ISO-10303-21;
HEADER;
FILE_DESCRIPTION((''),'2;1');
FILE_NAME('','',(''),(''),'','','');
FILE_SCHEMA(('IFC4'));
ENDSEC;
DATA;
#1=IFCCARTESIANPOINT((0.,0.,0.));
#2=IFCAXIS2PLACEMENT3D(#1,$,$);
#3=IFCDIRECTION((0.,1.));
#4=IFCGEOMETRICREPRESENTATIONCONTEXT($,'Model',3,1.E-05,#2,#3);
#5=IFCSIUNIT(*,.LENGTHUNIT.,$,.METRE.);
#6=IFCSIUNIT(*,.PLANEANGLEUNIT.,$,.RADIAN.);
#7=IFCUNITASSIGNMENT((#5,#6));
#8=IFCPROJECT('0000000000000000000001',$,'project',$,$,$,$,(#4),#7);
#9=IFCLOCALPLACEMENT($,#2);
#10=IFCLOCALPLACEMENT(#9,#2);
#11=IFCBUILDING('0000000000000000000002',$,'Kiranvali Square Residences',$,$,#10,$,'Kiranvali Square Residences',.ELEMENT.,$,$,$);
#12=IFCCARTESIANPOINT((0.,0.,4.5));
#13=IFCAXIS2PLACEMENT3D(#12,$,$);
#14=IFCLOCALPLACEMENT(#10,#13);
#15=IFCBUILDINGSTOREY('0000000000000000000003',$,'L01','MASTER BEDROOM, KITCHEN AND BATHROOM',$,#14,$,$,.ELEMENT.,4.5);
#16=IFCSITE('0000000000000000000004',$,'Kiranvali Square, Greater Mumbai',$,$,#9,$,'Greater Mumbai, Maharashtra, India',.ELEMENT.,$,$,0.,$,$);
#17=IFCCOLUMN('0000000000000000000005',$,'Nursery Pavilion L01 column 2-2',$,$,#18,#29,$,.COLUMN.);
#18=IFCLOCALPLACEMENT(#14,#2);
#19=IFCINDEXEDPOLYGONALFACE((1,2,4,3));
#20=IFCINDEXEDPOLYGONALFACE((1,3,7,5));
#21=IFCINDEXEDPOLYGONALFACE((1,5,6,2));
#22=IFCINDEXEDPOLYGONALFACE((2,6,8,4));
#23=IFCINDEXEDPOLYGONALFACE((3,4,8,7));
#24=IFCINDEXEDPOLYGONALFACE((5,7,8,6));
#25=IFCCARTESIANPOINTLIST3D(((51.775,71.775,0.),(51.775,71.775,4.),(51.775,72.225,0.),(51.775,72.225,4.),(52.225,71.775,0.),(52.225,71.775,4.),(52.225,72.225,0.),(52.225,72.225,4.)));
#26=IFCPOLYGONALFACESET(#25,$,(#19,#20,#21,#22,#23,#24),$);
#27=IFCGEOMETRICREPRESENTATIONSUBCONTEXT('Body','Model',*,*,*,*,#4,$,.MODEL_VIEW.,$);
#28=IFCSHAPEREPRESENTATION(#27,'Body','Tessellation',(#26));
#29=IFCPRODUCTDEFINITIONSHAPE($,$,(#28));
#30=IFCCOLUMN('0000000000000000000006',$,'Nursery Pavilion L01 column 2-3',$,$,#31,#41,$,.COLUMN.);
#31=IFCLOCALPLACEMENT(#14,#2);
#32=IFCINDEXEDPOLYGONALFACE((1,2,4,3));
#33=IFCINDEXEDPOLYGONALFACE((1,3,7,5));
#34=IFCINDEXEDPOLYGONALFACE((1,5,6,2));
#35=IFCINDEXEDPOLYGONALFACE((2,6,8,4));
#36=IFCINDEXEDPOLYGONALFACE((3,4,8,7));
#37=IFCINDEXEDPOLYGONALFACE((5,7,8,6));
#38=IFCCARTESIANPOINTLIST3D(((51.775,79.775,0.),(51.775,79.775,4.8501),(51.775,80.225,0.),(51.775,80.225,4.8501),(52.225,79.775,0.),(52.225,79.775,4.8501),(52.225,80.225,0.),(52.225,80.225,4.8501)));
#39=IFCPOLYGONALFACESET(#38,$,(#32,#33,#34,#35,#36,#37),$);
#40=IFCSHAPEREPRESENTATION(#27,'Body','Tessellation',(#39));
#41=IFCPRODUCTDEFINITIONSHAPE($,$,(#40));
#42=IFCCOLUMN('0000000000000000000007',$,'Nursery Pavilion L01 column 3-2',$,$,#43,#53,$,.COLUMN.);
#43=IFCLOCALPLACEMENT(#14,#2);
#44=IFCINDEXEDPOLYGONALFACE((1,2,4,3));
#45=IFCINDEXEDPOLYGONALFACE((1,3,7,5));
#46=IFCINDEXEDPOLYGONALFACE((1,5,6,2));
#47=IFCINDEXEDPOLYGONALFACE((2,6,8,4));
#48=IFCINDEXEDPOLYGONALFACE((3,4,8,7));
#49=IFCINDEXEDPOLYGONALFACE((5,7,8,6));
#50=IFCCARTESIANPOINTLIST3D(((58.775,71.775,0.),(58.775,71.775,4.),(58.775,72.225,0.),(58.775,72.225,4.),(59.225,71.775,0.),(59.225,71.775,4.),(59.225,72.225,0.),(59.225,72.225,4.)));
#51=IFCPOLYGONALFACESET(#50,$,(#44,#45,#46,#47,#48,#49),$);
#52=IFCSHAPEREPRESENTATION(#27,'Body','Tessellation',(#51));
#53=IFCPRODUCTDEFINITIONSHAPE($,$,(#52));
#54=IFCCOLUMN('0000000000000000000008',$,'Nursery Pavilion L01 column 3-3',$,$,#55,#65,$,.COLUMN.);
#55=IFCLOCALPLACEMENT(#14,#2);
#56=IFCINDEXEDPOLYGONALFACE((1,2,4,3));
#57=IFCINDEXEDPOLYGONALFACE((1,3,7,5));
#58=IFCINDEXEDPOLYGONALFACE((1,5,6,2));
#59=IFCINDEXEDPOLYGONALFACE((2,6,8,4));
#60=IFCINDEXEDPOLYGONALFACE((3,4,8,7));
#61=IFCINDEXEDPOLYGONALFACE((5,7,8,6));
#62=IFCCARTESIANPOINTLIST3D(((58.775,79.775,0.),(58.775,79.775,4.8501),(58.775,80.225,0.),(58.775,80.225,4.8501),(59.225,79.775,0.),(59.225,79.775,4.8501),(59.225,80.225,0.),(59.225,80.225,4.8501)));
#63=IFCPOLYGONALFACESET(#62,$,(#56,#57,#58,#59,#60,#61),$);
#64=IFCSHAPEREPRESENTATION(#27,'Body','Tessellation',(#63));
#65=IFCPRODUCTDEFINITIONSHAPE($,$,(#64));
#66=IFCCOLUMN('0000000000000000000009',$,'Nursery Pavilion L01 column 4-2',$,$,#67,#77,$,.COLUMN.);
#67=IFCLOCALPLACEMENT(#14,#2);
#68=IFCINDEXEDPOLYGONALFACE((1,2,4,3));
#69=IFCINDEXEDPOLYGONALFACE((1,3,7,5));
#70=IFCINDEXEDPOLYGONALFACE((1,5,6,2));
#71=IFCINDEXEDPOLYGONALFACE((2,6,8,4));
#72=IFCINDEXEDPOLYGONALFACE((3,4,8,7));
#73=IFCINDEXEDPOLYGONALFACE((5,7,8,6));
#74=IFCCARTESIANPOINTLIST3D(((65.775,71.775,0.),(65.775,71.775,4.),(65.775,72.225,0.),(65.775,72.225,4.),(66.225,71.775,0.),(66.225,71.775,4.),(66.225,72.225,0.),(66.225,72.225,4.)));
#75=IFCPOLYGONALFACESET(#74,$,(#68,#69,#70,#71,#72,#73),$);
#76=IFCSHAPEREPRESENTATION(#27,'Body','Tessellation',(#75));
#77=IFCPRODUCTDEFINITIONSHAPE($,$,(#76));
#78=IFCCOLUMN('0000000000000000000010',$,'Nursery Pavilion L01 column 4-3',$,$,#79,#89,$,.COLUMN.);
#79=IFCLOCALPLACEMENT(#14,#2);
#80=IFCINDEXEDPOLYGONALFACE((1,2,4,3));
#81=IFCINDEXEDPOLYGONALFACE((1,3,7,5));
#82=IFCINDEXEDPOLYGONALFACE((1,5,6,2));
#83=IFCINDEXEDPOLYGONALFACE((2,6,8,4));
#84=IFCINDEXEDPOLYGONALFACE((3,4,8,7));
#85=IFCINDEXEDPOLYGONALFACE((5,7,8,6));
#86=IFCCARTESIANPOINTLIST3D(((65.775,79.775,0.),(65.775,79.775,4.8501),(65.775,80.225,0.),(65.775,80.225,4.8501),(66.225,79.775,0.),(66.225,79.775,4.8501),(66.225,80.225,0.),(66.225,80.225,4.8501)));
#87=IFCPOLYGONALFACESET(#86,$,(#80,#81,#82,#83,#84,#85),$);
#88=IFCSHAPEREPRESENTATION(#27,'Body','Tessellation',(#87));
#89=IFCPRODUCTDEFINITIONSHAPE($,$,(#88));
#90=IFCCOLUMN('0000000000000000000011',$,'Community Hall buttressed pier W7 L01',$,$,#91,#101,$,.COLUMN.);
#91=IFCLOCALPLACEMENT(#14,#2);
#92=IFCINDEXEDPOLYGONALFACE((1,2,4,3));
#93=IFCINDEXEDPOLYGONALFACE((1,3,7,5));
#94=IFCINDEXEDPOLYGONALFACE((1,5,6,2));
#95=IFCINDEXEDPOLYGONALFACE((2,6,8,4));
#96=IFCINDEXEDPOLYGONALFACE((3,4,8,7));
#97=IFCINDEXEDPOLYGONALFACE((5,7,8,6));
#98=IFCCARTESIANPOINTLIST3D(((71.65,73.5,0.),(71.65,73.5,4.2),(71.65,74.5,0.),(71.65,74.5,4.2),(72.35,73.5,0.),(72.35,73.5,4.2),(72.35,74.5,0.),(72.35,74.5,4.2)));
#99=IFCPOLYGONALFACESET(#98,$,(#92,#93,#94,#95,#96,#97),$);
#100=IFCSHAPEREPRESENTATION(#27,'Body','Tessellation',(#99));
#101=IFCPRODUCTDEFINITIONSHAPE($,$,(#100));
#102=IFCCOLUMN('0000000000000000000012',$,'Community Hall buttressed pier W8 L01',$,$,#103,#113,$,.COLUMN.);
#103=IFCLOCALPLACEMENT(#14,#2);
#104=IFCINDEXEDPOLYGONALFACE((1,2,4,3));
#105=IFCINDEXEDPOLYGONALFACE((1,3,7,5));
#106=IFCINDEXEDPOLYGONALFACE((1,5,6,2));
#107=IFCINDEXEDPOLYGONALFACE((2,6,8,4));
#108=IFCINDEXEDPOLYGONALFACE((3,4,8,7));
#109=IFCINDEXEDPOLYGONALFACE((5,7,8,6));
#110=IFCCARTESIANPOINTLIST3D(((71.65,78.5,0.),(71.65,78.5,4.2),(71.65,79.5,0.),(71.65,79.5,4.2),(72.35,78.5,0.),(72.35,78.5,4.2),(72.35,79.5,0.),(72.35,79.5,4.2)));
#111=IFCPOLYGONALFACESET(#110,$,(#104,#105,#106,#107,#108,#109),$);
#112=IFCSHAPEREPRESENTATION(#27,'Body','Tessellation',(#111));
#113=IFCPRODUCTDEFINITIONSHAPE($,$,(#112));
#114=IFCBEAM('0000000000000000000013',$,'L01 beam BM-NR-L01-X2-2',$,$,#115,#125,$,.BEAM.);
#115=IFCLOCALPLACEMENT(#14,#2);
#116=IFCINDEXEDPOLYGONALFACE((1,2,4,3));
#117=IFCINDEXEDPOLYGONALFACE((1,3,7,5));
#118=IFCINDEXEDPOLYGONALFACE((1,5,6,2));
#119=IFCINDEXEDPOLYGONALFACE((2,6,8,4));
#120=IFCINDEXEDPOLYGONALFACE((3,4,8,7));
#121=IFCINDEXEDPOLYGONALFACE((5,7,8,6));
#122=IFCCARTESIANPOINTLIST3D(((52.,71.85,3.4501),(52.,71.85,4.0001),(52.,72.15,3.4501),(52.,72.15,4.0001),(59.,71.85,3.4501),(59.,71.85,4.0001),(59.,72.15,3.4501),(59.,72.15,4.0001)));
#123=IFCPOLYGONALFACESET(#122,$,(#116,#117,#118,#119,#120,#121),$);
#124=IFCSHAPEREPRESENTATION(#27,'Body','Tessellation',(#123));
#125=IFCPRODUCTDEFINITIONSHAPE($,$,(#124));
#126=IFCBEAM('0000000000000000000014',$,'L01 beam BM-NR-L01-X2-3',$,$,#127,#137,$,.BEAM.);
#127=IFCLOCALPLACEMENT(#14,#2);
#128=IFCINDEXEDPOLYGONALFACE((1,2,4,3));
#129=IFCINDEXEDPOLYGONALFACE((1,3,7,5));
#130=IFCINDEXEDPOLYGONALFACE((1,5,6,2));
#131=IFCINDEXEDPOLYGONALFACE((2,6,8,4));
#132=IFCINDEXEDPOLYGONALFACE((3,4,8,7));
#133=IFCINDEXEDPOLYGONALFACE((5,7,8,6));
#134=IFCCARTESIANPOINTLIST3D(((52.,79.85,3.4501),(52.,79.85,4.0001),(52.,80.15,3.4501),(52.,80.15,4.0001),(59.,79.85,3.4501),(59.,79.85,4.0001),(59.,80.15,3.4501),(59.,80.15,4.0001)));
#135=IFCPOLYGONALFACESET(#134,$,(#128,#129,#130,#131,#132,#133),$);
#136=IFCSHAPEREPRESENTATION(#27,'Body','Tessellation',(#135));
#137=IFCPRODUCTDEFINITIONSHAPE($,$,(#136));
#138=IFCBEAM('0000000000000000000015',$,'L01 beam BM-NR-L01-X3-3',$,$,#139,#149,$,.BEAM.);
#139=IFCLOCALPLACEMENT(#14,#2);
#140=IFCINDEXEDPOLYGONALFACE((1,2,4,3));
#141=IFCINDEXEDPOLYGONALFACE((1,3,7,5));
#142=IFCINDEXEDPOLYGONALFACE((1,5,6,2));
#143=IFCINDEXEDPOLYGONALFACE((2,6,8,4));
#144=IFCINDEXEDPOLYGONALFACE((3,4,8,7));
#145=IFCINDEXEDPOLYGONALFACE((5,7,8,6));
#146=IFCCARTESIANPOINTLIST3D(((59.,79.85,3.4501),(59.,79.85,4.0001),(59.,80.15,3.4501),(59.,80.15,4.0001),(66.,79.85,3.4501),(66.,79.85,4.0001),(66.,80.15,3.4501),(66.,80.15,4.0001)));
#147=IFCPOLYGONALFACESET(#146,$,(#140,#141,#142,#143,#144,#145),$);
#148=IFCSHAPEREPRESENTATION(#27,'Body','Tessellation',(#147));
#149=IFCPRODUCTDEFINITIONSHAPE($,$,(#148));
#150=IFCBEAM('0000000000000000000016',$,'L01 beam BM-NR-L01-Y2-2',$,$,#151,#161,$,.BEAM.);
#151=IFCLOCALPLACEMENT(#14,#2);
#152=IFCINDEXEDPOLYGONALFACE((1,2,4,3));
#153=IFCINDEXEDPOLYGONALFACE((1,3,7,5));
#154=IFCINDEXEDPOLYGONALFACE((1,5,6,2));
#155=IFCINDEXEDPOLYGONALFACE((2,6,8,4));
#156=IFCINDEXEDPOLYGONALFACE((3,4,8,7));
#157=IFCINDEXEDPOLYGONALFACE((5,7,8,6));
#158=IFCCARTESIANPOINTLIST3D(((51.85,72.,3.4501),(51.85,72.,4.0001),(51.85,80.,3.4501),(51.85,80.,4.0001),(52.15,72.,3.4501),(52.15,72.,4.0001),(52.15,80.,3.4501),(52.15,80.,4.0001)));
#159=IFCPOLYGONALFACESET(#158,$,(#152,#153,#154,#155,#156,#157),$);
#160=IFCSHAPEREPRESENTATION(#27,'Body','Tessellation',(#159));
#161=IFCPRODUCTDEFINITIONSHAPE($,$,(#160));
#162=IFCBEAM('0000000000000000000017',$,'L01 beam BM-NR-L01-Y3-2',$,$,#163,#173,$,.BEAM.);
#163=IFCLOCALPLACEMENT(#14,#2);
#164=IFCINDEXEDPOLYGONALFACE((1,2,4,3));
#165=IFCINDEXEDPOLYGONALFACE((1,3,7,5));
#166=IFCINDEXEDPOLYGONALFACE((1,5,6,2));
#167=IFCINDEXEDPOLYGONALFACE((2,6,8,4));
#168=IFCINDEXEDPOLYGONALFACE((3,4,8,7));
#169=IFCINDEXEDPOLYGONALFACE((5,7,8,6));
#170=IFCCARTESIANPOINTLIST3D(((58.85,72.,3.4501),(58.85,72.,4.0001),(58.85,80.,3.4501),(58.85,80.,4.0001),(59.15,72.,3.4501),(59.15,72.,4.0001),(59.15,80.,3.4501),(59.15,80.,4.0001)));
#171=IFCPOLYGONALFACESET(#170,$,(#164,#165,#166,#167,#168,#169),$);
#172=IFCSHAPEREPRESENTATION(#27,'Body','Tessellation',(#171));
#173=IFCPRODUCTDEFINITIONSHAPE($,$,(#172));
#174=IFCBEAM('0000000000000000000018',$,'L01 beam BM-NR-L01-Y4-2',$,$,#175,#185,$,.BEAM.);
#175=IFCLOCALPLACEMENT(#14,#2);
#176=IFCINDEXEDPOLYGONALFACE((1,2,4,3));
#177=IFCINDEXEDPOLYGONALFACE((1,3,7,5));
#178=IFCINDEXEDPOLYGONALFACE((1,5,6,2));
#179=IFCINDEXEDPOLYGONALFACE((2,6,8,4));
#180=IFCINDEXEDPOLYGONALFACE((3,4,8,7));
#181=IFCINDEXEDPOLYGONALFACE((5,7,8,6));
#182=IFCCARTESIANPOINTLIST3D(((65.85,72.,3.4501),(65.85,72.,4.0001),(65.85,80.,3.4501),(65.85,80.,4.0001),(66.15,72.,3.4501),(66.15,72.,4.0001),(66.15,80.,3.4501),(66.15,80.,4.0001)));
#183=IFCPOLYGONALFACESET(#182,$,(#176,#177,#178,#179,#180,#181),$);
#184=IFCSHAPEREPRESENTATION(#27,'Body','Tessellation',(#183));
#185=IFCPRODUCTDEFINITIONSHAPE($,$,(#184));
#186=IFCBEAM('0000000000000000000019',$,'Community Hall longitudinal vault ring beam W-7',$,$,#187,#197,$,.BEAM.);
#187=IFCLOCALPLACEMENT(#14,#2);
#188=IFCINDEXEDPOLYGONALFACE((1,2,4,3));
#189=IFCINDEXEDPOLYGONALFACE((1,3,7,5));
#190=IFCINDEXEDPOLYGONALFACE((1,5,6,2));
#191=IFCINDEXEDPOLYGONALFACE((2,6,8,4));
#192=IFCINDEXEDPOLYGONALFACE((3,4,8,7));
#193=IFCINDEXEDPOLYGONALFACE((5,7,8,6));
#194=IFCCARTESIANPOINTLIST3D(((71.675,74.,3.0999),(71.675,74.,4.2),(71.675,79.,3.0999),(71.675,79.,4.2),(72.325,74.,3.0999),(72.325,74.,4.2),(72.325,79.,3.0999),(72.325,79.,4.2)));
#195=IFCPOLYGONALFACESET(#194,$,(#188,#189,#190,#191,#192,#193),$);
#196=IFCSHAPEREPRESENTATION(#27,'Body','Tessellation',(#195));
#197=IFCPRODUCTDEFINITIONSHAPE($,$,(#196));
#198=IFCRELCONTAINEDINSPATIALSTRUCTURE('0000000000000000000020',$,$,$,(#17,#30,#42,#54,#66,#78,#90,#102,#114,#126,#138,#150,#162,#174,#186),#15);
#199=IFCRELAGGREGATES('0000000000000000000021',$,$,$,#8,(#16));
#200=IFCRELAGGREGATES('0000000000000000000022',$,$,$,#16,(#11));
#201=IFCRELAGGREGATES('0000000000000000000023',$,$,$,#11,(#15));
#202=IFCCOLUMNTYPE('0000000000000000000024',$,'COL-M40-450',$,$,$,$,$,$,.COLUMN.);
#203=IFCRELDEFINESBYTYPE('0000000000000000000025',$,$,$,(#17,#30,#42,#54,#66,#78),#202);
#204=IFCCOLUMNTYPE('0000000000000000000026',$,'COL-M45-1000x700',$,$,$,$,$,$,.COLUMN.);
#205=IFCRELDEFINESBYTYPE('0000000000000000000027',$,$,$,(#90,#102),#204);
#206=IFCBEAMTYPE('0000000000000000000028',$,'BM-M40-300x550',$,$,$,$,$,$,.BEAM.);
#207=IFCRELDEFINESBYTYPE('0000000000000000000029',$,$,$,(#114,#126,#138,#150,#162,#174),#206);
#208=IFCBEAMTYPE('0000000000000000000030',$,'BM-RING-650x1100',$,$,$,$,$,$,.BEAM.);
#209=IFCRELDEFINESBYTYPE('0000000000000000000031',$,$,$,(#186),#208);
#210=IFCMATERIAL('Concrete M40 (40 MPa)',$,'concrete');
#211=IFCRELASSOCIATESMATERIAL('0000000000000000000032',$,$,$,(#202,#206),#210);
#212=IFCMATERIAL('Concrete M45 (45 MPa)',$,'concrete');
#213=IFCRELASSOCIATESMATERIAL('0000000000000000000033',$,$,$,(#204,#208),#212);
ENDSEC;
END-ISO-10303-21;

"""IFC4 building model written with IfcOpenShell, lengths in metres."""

from ifc_helpers import new_model, si_unit, direction, frame, origin, origin_2d, place, context, subcontext, project, spatial, rectangle, extrude, material, material_profile, profile_set, type_object, element, save


model = new_model("IFC4")

# Units and contexts
model_context = context("Model", 3, precision=1e-05, world=origin(), true_north=direction((0.0, 1.0)))
body_context = subcontext(model_context, "Body", "Model", "MODEL_VIEW")
ifc_project = project(units=[si_unit("LENGTHUNIT", "METRE"), si_unit("PLANEANGLEUNIT", "RADIAN")], contexts=[model_context])

# Site, building, storey
site_placement = place(None, origin())
site = spatial("IfcSite", under=ifc_project, at=site_placement, Name="Kiranvali Square, Greater Mumbai", LongName="Greater Mumbai, Maharashtra, India", CompositionType="ELEMENT", RefElevation=0.0)
building_placement = place(site_placement, origin())
building = spatial("IfcBuilding", under=site, at=building_placement, Name="Kiranvali Square Residences", LongName="Kiranvali Square Residences", CompositionType="ELEMENT")
storey_placement = place(building_placement, frame((0.0, 0.0, 4.5)))
storey = spatial("IfcBuildingStorey", under=building, at=storey_placement, Name="L01", Description="MASTER BEDROOM, KITCHEN AND BATHROOM", CompositionType="ELEMENT", Elevation=4.5)

# Columns
ifc_material_1 = material(Name="Concrete M40 (40 MPa)", Category="concrete")
ifc_material_profile_1 = material_profile(ifc_material_1, rectangle(XDim=0.45, YDim=0.45, at=origin_2d()), Name="RC 450x450")
ifc_profile_set_1 = profile_set([ifc_material_profile_1], Name="Concrete M40 (40 MPa)")
column_type_1 = type_object("IfcColumnType", Name="COL-M40-450", PredefinedType="COLUMN", material=ifc_profile_set_1)
column_1_placement = place(storey_placement, frame((52.0, 72.0, 0.0), z_axis=(0.0, 0.0, 1.0), x_axis=(1.0, 0.0, 0.0)))
element("IfcColumn", 1, at=column_1_placement, inside=storey, type_object=column_type_1, Name="Nursery Pavilion L01 column 2-2", PredefinedType="COLUMN", context=body_context, shape_type="SweptSolid", body=[
    extrude(rectangle(XDim=0.45, YDim=0.45, at=origin_2d()), origin(), (0.0, 0.0, 1.0), 4.0),
])
column_2_placement = place(storey_placement, frame((52.0, 80.0, 0.0), z_axis=(0.0, 0.0, 1.0), x_axis=(1.0, 0.0, 0.0)))
element("IfcColumn", 2, at=column_2_placement, inside=storey, type_object=column_type_1, Name="Nursery Pavilion L01 column 2-3", PredefinedType="COLUMN", context=body_context, shape_type="SweptSolid", body=[
    extrude(rectangle(XDim=0.45, YDim=0.45, at=origin_2d()), origin(), (0.0, 0.0, 1.0), 4.8501),
])
column_3_placement = place(storey_placement, frame((59.0, 72.0, 0.0), z_axis=(0.0, 0.0, 1.0), x_axis=(1.0, 0.0, 0.0)))
element("IfcColumn", 3, at=column_3_placement, inside=storey, type_object=column_type_1, Name="Nursery Pavilion L01 column 3-2", PredefinedType="COLUMN", context=body_context, shape_type="SweptSolid", body=[
    extrude(rectangle(XDim=0.45, YDim=0.45, at=origin_2d()), origin(), (0.0, 0.0, 1.0), 4.0),
])
column_4_placement = place(storey_placement, frame((59.0, 80.0, 0.0), z_axis=(0.0, 0.0, 1.0), x_axis=(1.0, 0.0, 0.0)))
element("IfcColumn", 4, at=column_4_placement, inside=storey, type_object=column_type_1, Name="Nursery Pavilion L01 column 3-3", PredefinedType="COLUMN", context=body_context, shape_type="SweptSolid", body=[
    extrude(rectangle(XDim=0.45, YDim=0.45, at=origin_2d()), origin(), (0.0, 0.0, 1.0), 4.8501),
])
column_5_placement = place(storey_placement, frame((66.0, 72.0, 0.0), z_axis=(0.0, 0.0, 1.0), x_axis=(1.0, 0.0, 0.0)))
element("IfcColumn", 5, at=column_5_placement, inside=storey, type_object=column_type_1, Name="Nursery Pavilion L01 column 4-2", PredefinedType="COLUMN", context=body_context, shape_type="SweptSolid", body=[
    extrude(rectangle(XDim=0.45, YDim=0.45, at=origin_2d()), origin(), (0.0, 0.0, 1.0), 4.0),
])
column_6_placement = place(storey_placement, frame((66.0, 80.0, 0.0), z_axis=(0.0, 0.0, 1.0), x_axis=(1.0, 0.0, 0.0)))
element("IfcColumn", 6, at=column_6_placement, inside=storey, type_object=column_type_1, Name="Nursery Pavilion L01 column 4-3", PredefinedType="COLUMN", context=body_context, shape_type="SweptSolid", body=[
    extrude(rectangle(XDim=0.45, YDim=0.45, at=origin_2d()), origin(), (0.0, 0.0, 1.0), 4.8501),
])
ifc_material_2 = material(Name="Concrete M45 (45 MPa)", Category="concrete")
ifc_material_profile_2 = material_profile(ifc_material_2, rectangle(XDim=0.7, YDim=1.0, at=origin_2d()), Name="RC 1000x700")
ifc_profile_set_2 = profile_set([ifc_material_profile_2], Name="Concrete M45 (45 MPa)")
column_type_2 = type_object("IfcColumnType", Name="COL-M45-1000x700", PredefinedType="COLUMN", material=ifc_profile_set_2)
for number, where, z_axis, x_axis, name in (
    (7, (72.0, 74.0, 0.0), (0.0, 0.0, 1.0), (1.0, 0.0, 0.0), "Community Hall buttressed pier W7 L01"),
    (8, (72.0, 79.0, 0.0), (0.0, 0.0, 1.0), (1.0, 0.0, 0.0), "Community Hall buttressed pier W8 L01"),
):
    element("IfcColumn", number, at=place(storey_placement, frame(where, z_axis=z_axis, x_axis=x_axis)), inside=storey, type_object=column_type_2, Name=name, PredefinedType="COLUMN", context=body_context, shape_type="SweptSolid", body=[
        extrude(rectangle(XDim=0.7, YDim=1.0, at=origin_2d()), origin(), (0.0, 0.0, 1.0), 4.2),
    ])

# Beams
ifc_material_profile_3 = material_profile(ifc_material_1, rectangle(XDim=0.3, YDim=0.55, at=origin_2d()), Name="RC 300x550")
ifc_profile_set_3 = profile_set([ifc_material_profile_3], Name="Concrete M40 (40 MPa)")
beam_type_1 = type_object("IfcBeamType", Name="BM-M40-300x550", PredefinedType="BEAM", material=ifc_profile_set_3)
for number, where, z_axis, x_axis, name in (
    (9, (52.0, 72.0, 3.7251), (1.0, 0.0, 0.0), (0.0, 1.0, 0.0), "L01 beam BM-NR-L01-X2-2"),
    (10, (52.0, 80.0, 3.7251), (1.0, 0.0, 0.0), (0.0, 1.0, 0.0), "L01 beam BM-NR-L01-X2-3"),
    (11, (59.0, 80.0, 3.7251), (1.0, 0.0, 0.0), (0.0, 1.0, 0.0), "L01 beam BM-NR-L01-X3-3"),
):
    element("IfcBeam", number, at=place(storey_placement, frame(where, z_axis=z_axis, x_axis=x_axis)), inside=storey, type_object=beam_type_1, Name=name, PredefinedType="BEAM", context=body_context, shape_type="SweptSolid", body=[
        extrude(rectangle(XDim=0.3, YDim=0.55, at=origin_2d()), origin(), (0.0, 0.0, 1.0), 7.0),
    ])
for number, where, z_axis, x_axis, name in (
    (12, (52.0, 72.0, 3.7251), (0.0, 1.0, 0.0), (-1.0, 0.0, 0.0), "L01 beam BM-NR-L01-Y2-2"),
    (13, (59.0, 72.0, 3.7251), (0.0, 1.0, 0.0), (-1.0, 0.0, 0.0), "L01 beam BM-NR-L01-Y3-2"),
    (14, (66.0, 72.0, 3.7251), (0.0, 1.0, 0.0), (-1.0, 0.0, 0.0), "L01 beam BM-NR-L01-Y4-2"),
):
    element("IfcBeam", number, at=place(storey_placement, frame(where, z_axis=z_axis, x_axis=x_axis)), inside=storey, type_object=beam_type_1, Name=name, PredefinedType="BEAM", context=body_context, shape_type="SweptSolid", body=[
        extrude(rectangle(XDim=0.3, YDim=0.55, at=origin_2d()), origin(), (0.0, 0.0, 1.0), 8.0),
    ])
ifc_material_profile_4 = material_profile(ifc_material_2, rectangle(XDim=0.6499, YDim=1.1001, at=origin_2d()), Name="RC 650x1100")
ifc_profile_set_4 = profile_set([ifc_material_profile_4], Name="Concrete M45 (45 MPa)")
beam_type_2 = type_object("IfcBeamType", Name="BM-RING-650x1100", PredefinedType="BEAM", material=ifc_profile_set_4)
beam_placement = place(storey_placement, frame((72.0, 74.0, 3.6499), z_axis=(0.0, 1.0, 0.0), x_axis=(-1.0, 0.0, 0.0)))
element("IfcBeam", 15, at=beam_placement, inside=storey, type_object=beam_type_2, Name="Community Hall longitudinal vault ring beam W-7", PredefinedType="BEAM", context=body_context, shape_type="SweptSolid", body=[
    extrude(rectangle(XDim=0.6499, YDim=1.1001, at=origin_2d()), origin(), (0.0, 0.0, 1.0), 5.0),
])

save(model, "model.ifc")
